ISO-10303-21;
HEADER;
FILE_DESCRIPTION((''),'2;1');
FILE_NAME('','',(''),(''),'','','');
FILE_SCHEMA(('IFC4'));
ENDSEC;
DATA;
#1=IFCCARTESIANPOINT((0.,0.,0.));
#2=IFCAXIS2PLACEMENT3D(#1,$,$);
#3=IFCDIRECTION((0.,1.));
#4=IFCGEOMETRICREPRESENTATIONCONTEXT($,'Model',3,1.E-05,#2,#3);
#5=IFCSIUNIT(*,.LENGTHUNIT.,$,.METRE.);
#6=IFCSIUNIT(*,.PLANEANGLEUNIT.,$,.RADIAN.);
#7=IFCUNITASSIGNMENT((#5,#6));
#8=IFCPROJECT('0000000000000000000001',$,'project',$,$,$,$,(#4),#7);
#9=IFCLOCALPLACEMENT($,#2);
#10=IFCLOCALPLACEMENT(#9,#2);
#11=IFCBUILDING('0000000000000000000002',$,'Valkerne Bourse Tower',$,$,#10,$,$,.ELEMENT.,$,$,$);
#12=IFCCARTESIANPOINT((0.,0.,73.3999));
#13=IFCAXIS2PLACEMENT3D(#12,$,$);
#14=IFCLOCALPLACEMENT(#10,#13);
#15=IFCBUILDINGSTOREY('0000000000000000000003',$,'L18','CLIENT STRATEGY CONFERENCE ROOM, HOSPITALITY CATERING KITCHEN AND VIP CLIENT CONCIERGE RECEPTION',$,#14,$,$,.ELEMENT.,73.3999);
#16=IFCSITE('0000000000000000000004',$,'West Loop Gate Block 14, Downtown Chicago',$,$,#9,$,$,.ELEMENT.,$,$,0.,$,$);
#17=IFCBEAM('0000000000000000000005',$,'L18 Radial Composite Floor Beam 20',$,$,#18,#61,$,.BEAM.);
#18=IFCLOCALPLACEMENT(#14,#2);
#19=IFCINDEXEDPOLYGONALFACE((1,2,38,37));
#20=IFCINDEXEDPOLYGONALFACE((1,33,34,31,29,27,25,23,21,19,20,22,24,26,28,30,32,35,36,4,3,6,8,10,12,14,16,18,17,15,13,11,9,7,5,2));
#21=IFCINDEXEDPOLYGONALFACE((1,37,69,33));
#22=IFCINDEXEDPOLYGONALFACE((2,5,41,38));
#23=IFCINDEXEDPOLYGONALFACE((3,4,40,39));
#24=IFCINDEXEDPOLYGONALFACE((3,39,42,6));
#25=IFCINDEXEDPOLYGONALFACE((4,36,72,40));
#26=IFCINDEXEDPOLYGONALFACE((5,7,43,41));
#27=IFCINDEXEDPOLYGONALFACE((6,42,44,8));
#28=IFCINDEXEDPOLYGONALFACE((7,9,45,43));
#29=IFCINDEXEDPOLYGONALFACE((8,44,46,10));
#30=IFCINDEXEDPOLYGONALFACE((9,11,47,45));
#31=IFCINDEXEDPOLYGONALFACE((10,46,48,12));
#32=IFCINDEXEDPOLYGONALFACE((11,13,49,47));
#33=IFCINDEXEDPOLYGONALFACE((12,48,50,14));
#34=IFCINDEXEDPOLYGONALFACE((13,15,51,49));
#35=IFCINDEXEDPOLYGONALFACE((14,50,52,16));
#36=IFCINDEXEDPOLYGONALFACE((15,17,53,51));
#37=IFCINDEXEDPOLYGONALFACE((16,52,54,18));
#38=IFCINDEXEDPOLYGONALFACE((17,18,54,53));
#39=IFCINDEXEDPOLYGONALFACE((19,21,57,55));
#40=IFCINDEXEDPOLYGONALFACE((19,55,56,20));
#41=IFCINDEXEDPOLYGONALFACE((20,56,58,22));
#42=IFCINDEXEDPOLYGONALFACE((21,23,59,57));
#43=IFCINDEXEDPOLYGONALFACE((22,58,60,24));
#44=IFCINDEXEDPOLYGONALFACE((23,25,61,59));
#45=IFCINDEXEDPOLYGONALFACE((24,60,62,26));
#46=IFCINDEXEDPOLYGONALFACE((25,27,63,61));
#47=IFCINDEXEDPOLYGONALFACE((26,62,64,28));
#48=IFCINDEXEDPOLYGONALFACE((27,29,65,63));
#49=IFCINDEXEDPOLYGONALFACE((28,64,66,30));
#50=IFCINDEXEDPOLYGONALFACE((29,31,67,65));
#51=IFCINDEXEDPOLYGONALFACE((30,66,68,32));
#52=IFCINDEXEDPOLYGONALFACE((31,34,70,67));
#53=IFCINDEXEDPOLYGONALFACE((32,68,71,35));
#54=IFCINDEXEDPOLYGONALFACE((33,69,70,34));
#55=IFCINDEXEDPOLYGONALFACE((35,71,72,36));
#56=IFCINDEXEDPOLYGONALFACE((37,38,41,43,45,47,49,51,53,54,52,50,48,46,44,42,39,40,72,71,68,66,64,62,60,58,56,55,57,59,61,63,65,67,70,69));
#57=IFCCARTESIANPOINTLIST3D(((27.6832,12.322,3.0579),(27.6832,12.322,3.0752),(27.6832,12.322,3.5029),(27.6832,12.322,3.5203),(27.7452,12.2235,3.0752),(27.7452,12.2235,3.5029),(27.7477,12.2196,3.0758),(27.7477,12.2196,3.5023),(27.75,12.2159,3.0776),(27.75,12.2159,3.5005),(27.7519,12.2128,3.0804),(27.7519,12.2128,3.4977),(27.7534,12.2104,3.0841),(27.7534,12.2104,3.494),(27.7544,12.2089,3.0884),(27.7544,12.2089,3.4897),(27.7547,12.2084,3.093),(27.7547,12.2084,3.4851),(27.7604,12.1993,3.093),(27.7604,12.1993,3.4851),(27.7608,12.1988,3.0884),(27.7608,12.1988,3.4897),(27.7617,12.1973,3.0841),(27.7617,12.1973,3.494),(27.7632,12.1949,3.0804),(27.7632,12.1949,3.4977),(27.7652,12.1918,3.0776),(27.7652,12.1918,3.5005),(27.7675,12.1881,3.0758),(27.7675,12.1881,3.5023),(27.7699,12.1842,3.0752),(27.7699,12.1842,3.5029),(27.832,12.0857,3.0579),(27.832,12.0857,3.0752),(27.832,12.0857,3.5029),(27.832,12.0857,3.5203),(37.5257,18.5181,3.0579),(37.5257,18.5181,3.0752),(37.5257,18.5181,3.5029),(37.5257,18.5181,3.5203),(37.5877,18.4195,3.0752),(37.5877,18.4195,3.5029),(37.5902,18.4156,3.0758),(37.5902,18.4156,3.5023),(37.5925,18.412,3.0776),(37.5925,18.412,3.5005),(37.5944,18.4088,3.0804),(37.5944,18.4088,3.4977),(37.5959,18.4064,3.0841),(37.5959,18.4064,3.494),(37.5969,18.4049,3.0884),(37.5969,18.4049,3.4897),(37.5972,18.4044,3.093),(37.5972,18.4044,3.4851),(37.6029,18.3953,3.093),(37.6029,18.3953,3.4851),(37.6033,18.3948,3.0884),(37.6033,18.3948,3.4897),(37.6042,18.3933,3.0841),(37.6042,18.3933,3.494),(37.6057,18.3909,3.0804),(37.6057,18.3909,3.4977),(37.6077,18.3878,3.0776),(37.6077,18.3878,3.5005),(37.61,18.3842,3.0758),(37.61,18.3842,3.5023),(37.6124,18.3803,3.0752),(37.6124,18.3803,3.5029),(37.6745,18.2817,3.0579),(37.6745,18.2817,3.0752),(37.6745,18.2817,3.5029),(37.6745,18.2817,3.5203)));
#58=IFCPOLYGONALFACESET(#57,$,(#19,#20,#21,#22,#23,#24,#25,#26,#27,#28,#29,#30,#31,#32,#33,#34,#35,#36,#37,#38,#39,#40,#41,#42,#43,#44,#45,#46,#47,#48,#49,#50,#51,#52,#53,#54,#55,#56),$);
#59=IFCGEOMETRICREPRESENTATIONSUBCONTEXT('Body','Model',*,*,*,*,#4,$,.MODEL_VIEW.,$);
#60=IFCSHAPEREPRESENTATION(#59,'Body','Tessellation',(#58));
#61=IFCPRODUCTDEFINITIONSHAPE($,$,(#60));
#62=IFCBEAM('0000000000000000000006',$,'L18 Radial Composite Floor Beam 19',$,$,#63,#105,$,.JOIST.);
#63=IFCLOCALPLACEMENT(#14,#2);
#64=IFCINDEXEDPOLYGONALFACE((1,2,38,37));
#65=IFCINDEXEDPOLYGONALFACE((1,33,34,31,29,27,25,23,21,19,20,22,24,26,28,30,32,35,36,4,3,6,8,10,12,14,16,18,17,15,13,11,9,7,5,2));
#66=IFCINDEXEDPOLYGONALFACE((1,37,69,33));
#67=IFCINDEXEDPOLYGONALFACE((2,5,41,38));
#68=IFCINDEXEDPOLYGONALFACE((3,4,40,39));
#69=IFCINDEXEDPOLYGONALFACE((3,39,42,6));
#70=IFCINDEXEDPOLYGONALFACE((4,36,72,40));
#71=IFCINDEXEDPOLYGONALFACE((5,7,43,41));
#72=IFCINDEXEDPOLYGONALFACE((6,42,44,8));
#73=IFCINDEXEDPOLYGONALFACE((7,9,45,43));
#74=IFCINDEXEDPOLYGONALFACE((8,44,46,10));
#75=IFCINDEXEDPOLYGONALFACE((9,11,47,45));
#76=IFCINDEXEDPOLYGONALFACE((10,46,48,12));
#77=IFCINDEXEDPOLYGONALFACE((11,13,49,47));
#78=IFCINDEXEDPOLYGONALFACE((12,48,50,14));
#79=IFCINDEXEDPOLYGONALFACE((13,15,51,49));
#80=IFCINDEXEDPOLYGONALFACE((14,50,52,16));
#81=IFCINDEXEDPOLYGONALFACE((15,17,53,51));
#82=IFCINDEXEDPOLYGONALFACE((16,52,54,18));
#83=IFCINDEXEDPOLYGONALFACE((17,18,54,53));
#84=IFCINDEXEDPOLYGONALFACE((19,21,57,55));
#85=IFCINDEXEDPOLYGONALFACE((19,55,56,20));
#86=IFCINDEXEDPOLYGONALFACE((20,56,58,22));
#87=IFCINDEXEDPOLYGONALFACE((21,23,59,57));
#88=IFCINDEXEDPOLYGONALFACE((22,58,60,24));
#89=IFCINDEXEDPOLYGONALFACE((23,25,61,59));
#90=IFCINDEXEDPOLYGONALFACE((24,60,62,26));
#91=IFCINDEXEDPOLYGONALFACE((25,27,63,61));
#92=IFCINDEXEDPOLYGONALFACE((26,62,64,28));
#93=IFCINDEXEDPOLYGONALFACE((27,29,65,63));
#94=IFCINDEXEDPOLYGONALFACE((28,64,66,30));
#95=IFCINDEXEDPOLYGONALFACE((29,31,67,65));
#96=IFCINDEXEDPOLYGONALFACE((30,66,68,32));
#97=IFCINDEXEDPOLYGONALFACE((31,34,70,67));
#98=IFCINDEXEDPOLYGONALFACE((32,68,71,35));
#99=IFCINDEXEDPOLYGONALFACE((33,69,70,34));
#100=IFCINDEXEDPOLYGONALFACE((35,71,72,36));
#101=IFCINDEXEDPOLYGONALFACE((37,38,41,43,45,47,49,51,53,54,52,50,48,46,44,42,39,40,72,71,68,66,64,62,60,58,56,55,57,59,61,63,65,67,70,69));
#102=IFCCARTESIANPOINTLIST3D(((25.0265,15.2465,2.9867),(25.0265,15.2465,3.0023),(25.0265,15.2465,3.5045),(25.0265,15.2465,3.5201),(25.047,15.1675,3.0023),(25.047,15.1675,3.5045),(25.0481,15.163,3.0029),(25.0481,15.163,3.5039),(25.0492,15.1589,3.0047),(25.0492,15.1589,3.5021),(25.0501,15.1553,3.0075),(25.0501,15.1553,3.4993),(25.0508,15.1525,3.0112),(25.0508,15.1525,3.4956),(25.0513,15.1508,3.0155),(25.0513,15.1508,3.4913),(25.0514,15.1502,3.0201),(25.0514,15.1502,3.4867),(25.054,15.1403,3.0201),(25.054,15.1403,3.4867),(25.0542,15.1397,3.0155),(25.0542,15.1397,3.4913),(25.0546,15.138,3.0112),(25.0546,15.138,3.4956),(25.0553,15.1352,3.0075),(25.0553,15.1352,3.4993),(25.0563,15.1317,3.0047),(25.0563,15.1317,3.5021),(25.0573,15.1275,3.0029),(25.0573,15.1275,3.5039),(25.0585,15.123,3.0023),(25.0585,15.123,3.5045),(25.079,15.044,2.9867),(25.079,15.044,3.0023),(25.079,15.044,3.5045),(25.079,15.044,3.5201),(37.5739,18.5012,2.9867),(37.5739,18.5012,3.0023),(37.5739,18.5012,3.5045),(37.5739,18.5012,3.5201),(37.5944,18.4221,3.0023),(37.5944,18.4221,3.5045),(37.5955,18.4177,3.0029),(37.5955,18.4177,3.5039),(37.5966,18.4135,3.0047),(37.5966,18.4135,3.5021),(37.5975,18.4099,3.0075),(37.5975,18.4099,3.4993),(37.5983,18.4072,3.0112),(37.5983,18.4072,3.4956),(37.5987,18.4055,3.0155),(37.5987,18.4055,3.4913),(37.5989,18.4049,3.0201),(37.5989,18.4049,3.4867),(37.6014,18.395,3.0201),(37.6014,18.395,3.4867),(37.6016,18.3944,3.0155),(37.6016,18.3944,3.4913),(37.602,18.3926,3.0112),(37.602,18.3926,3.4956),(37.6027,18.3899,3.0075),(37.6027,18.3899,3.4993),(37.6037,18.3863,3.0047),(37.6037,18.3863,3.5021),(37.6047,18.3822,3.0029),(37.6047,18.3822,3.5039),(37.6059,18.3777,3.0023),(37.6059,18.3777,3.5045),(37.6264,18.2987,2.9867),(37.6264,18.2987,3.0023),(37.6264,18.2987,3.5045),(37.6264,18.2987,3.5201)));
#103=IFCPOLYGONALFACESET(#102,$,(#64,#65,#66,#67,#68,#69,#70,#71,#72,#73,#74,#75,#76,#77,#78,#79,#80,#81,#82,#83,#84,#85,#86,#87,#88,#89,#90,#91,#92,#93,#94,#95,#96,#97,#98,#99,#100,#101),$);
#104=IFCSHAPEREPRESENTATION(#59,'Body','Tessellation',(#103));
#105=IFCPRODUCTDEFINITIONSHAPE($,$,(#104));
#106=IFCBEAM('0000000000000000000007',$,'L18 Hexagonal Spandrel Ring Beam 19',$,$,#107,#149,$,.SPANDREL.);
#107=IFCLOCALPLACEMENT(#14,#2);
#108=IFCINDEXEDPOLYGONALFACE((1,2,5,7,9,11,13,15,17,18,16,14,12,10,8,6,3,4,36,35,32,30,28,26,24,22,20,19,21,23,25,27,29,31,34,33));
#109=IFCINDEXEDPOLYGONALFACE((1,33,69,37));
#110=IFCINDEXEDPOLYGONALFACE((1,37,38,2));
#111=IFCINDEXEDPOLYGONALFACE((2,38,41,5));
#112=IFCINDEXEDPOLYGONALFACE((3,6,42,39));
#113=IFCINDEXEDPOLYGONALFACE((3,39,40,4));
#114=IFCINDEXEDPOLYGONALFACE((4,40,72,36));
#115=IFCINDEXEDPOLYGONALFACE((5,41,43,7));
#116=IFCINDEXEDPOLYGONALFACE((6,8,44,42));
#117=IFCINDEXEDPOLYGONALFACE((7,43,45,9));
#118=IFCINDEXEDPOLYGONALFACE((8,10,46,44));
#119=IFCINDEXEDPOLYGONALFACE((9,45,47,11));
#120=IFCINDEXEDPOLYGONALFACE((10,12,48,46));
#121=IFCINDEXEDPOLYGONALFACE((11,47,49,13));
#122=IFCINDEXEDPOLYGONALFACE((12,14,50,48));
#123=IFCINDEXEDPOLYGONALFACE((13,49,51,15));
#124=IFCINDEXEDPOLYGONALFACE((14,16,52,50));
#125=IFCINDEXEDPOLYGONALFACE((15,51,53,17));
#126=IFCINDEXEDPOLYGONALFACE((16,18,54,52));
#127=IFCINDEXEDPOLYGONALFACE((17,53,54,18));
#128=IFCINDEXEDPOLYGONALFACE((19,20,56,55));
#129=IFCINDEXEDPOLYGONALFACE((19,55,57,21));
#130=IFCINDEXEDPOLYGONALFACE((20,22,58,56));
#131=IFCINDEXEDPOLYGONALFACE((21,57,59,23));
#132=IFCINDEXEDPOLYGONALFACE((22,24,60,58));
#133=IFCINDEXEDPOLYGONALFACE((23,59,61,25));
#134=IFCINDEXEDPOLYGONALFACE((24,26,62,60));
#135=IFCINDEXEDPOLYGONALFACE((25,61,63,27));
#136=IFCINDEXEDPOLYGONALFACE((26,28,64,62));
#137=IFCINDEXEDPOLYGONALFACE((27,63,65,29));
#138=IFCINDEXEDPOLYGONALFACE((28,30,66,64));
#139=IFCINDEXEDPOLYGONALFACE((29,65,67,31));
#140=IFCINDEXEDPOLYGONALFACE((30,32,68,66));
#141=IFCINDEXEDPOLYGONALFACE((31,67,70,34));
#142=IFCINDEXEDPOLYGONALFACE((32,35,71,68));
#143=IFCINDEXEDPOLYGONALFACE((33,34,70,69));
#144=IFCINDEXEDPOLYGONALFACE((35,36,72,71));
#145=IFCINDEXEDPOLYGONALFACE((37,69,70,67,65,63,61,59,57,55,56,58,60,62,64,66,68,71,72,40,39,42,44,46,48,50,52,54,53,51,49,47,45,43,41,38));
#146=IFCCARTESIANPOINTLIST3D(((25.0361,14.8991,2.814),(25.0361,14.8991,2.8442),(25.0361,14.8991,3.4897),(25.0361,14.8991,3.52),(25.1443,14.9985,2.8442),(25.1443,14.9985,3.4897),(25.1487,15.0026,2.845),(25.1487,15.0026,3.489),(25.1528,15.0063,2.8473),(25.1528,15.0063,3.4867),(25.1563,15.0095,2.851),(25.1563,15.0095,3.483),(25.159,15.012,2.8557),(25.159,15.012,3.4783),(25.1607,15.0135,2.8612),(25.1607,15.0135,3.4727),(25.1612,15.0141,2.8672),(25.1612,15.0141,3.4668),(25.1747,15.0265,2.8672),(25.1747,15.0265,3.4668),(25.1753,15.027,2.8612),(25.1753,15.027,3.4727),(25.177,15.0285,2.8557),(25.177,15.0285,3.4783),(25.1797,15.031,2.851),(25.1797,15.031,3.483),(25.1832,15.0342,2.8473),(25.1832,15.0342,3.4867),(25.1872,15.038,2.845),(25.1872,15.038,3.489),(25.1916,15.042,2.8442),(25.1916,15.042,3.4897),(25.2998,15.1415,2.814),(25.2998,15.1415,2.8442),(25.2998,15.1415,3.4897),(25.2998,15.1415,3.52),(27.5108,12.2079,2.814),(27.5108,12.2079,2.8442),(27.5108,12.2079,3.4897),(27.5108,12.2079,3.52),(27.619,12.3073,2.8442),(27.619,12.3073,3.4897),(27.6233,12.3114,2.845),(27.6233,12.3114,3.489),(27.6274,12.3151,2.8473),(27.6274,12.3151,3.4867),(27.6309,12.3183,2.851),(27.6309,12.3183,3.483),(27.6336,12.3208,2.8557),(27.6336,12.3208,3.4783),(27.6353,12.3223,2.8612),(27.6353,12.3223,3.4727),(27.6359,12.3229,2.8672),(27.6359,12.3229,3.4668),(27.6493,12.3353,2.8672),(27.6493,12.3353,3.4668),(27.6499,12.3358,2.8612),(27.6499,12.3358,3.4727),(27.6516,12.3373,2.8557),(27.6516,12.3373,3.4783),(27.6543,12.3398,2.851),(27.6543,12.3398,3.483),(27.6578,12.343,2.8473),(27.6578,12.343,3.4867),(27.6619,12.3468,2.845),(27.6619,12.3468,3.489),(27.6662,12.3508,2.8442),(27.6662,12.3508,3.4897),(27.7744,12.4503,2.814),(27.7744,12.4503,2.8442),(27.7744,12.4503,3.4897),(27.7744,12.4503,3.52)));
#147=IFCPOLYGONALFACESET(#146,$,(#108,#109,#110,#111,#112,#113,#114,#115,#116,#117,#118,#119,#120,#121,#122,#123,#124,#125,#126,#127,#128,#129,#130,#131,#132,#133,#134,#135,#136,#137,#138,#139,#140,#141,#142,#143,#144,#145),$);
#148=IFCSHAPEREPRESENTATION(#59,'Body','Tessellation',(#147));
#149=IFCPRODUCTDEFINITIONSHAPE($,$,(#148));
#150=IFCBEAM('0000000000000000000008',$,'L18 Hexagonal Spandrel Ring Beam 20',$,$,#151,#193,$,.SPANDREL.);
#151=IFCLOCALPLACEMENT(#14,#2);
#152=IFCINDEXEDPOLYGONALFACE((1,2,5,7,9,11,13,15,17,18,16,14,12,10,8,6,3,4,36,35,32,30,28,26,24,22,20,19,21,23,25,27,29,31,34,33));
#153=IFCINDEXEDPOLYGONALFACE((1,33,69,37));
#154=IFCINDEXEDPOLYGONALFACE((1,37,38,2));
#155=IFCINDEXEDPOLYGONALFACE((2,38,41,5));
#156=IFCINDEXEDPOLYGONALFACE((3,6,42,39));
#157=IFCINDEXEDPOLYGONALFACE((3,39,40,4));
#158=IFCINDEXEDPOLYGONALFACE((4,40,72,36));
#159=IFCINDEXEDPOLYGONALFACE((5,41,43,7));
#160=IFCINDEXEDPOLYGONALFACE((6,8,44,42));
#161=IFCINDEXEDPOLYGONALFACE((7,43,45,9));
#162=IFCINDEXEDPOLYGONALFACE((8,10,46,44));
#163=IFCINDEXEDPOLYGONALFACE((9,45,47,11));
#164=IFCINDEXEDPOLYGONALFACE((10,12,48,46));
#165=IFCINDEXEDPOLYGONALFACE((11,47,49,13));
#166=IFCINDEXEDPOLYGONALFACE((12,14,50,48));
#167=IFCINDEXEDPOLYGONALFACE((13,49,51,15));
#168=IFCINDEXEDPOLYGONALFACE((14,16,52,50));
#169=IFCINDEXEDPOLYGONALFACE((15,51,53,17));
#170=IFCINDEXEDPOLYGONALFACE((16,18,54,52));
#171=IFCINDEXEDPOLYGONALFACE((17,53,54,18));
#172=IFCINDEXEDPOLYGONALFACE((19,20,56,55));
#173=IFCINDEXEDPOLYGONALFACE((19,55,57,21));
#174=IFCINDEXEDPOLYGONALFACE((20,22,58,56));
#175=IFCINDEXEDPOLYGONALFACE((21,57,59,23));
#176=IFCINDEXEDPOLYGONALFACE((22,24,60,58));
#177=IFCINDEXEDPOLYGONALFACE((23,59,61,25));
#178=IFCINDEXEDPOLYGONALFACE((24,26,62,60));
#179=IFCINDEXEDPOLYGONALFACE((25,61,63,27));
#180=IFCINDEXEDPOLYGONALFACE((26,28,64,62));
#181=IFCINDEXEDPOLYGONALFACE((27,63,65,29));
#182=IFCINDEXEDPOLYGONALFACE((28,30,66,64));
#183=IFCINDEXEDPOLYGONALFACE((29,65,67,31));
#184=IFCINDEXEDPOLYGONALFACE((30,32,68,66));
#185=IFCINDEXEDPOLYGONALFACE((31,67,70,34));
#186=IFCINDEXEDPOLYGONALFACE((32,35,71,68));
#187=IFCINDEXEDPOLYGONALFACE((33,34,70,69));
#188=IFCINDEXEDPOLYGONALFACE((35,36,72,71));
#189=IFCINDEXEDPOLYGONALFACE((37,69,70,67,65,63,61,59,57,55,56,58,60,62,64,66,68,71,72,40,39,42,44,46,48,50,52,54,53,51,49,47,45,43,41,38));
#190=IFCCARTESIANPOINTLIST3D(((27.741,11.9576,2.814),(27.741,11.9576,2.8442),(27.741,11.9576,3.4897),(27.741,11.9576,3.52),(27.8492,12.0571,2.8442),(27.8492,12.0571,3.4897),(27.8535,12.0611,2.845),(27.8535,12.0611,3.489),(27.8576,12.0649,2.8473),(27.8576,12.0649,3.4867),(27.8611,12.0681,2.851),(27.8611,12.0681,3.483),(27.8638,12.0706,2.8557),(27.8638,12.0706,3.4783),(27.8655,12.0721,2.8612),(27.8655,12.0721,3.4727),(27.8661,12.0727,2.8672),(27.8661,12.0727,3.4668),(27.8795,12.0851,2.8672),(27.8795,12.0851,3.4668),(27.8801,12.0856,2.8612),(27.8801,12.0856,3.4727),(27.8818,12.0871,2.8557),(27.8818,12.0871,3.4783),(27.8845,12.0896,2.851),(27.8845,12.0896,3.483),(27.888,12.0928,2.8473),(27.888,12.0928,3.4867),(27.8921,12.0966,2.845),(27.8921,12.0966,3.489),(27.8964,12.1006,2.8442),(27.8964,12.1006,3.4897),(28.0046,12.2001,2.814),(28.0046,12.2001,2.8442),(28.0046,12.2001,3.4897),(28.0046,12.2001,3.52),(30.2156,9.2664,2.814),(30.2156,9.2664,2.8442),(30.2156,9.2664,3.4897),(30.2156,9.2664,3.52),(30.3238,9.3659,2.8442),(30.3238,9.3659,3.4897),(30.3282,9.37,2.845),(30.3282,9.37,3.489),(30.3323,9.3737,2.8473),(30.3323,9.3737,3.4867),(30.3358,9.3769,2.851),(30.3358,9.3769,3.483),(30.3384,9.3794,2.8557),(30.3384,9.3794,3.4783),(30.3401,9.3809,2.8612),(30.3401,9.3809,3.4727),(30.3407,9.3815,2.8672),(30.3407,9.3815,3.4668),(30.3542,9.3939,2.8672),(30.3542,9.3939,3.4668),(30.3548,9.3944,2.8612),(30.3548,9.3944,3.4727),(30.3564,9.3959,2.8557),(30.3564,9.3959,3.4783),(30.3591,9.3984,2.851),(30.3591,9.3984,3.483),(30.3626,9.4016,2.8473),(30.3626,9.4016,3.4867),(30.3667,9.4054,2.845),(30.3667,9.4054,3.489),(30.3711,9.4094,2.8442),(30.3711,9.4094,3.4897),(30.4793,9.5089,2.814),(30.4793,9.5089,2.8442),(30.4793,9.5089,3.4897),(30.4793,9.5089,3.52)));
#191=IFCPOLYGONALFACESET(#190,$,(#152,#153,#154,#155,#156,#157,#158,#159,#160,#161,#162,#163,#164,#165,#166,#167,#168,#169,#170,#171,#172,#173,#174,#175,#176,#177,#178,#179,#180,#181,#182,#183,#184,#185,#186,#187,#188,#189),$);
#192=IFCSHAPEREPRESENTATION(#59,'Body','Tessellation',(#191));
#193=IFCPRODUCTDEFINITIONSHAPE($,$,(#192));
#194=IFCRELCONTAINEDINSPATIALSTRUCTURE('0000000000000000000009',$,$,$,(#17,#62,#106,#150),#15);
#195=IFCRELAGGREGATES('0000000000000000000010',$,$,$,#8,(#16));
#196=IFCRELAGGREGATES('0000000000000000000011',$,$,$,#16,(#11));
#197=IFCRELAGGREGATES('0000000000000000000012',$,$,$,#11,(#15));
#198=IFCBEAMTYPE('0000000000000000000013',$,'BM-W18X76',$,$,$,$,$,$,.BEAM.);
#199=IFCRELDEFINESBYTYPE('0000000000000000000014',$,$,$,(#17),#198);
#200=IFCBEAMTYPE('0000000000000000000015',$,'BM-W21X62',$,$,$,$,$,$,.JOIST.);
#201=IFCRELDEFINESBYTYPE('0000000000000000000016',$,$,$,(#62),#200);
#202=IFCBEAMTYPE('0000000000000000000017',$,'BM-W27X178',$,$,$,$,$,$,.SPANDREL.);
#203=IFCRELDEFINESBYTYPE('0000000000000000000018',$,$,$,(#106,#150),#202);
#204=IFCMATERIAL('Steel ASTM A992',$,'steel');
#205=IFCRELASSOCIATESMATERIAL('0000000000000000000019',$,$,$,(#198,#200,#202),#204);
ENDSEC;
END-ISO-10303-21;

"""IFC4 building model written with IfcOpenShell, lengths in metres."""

from ifc_helpers import new_model, si_unit, direction, frame, origin, origin_2d, place, context, subcontext, project, spatial, i_section, extrude, material, material_profile, profile_set, type_object, element, save


model = new_model("IFC4")

# Units and contexts
model_context = context("Model", 3, precision=1e-05, world=origin(), true_north=direction((0.0, 1.0)))
body_context = subcontext(model_context, "Body", "Model", "MODEL_VIEW")
ifc_project = project(units=[si_unit("LENGTHUNIT", "METRE"), si_unit("PLANEANGLEUNIT", "RADIAN")], contexts=[model_context])

# Site, building, storey
site_placement = place(None, origin())
site = spatial("IfcSite", under=ifc_project, at=site_placement, Name="West Loop Gate Block 14, Downtown Chicago", CompositionType="ELEMENT", RefElevation=0.0)
building_placement = place(site_placement, origin())
building = spatial("IfcBuilding", under=site, at=building_placement, Name="Valkerne Bourse Tower", CompositionType="ELEMENT")
storey_placement = place(building_placement, frame((0.0, 0.0, 73.3999)))
storey = spatial("IfcBuildingStorey", under=building, at=storey_placement, Name="L18", Description="CLIENT STRATEGY CONFERENCE ROOM, HOSPITALITY CATERING KITCHEN AND VIP CLIENT CONCIERGE RECEPTION", CompositionType="ELEMENT", Elevation=73.3999)

# Beams
ifc_material_1 = material(Name="Steel ASTM A992", Category="steel")
ifc_material_profile_1 = material_profile(ifc_material_1, i_section(OverallWidth=0.2793, OverallDepth=0.4624, WebThickness=0.0107, FlangeThickness=0.0173, FilletRadius=0.0178, at=origin_2d()), Name="W18X76")
ifc_profile_set_1 = profile_set([ifc_material_profile_1], Name="Steel ASTM A992")
beam_type_1 = type_object("IfcBeamType", Name="BM-W18X76", PredefinedType="BEAM", material=ifc_profile_set_1)
beam_1_placement = place(storey_placement, frame((27.7576, 12.2039, 3.2891), z_axis=(0.846276, 0.532745, 0.0), x_axis=(-0.532745, 0.846276, 0.0)))
element("IfcBeam", 1, at=beam_1_placement, inside=storey, type_object=beam_type_1, Name="L18 Radial Composite Floor Beam 20", PredefinedType="BEAM", context=body_context, shape_type="SweptSolid", body=[
    extrude(i_section(OverallWidth=0.2793, OverallDepth=0.4624, WebThickness=0.0107, FlangeThickness=0.0173, FilletRadius=0.0178, at=origin_2d()), origin(), (0.0, 0.0, 1.0), 11.6304),
])
ifc_material_profile_2 = material_profile(ifc_material_1, i_section(OverallWidth=0.2092, OverallDepth=0.5334, WebThickness=0.0103, FlangeThickness=0.0156, FilletRadius=0.0178, at=origin_2d()), Name="W21X62")
ifc_profile_set_2 = profile_set([ifc_material_profile_2], Name="Steel ASTM A992")
beam_type_2 = type_object("IfcBeamType", Name="BM-W21X62", PredefinedType="JOIST", material=ifc_profile_set_2)
beam_2_placement = place(storey_placement, frame((25.0527, 15.1453, 3.2534), z_axis=(0.967967, 0.251079, 0.0), x_axis=(-0.251079, 0.967967, 0.0)))
element("IfcBeam", 2, at=beam_2_placement, inside=storey, type_object=beam_type_2, Name="L18 Radial Composite Floor Beam 19", PredefinedType="JOIST", context=body_context, shape_type="SweptSolid", body=[
    extrude(i_section(OverallWidth=0.2092, OverallDepth=0.5334, WebThickness=0.0103, FlangeThickness=0.0156, FilletRadius=0.0178, at=origin_2d()), origin(), (0.0, 0.0, 1.0), 12.9626),
])
ifc_material_profile_3 = material_profile(ifc_material_1, i_section(OverallWidth=0.3582, OverallDepth=0.7061, WebThickness=0.0183, FlangeThickness=0.0303, FilletRadius=0.0229, at=origin_2d()), Name="W27X178")
ifc_profile_set_3 = profile_set([ifc_material_profile_3], Name="Steel ASTM A992")
beam_type_3 = type_object("IfcBeamType", Name="BM-W27X178", PredefinedType="SPANDREL", material=ifc_profile_set_3)
for number, where, z_axis, x_axis, name in (
    (3, (25.168, 15.0203, 3.167), (0.67687, -0.736103, 0.0), (0.736103, 0.67687, 0.0), "L18 Hexagonal Spandrel Ring Beam 19"),
    (4, (27.8728, 12.0789, 3.167), (0.67687, -0.736103, 0.0), (0.736103, 0.67687, 0.0), "L18 Hexagonal Spandrel Ring Beam 20"),
):
    element("IfcBeam", number, at=place(storey_placement, frame(where, z_axis=z_axis, x_axis=x_axis)), inside=storey, type_object=beam_type_3, Name=name, PredefinedType="SPANDREL", context=body_context, shape_type="SweptSolid", body=[
        extrude(i_section(OverallWidth=0.3582, OverallDepth=0.7061, WebThickness=0.0183, FlangeThickness=0.0303, FilletRadius=0.0229, at=origin_2d()), origin(), (0.0, 0.0, 1.0), 3.656),
    ])

save(model, "model.ifc")
